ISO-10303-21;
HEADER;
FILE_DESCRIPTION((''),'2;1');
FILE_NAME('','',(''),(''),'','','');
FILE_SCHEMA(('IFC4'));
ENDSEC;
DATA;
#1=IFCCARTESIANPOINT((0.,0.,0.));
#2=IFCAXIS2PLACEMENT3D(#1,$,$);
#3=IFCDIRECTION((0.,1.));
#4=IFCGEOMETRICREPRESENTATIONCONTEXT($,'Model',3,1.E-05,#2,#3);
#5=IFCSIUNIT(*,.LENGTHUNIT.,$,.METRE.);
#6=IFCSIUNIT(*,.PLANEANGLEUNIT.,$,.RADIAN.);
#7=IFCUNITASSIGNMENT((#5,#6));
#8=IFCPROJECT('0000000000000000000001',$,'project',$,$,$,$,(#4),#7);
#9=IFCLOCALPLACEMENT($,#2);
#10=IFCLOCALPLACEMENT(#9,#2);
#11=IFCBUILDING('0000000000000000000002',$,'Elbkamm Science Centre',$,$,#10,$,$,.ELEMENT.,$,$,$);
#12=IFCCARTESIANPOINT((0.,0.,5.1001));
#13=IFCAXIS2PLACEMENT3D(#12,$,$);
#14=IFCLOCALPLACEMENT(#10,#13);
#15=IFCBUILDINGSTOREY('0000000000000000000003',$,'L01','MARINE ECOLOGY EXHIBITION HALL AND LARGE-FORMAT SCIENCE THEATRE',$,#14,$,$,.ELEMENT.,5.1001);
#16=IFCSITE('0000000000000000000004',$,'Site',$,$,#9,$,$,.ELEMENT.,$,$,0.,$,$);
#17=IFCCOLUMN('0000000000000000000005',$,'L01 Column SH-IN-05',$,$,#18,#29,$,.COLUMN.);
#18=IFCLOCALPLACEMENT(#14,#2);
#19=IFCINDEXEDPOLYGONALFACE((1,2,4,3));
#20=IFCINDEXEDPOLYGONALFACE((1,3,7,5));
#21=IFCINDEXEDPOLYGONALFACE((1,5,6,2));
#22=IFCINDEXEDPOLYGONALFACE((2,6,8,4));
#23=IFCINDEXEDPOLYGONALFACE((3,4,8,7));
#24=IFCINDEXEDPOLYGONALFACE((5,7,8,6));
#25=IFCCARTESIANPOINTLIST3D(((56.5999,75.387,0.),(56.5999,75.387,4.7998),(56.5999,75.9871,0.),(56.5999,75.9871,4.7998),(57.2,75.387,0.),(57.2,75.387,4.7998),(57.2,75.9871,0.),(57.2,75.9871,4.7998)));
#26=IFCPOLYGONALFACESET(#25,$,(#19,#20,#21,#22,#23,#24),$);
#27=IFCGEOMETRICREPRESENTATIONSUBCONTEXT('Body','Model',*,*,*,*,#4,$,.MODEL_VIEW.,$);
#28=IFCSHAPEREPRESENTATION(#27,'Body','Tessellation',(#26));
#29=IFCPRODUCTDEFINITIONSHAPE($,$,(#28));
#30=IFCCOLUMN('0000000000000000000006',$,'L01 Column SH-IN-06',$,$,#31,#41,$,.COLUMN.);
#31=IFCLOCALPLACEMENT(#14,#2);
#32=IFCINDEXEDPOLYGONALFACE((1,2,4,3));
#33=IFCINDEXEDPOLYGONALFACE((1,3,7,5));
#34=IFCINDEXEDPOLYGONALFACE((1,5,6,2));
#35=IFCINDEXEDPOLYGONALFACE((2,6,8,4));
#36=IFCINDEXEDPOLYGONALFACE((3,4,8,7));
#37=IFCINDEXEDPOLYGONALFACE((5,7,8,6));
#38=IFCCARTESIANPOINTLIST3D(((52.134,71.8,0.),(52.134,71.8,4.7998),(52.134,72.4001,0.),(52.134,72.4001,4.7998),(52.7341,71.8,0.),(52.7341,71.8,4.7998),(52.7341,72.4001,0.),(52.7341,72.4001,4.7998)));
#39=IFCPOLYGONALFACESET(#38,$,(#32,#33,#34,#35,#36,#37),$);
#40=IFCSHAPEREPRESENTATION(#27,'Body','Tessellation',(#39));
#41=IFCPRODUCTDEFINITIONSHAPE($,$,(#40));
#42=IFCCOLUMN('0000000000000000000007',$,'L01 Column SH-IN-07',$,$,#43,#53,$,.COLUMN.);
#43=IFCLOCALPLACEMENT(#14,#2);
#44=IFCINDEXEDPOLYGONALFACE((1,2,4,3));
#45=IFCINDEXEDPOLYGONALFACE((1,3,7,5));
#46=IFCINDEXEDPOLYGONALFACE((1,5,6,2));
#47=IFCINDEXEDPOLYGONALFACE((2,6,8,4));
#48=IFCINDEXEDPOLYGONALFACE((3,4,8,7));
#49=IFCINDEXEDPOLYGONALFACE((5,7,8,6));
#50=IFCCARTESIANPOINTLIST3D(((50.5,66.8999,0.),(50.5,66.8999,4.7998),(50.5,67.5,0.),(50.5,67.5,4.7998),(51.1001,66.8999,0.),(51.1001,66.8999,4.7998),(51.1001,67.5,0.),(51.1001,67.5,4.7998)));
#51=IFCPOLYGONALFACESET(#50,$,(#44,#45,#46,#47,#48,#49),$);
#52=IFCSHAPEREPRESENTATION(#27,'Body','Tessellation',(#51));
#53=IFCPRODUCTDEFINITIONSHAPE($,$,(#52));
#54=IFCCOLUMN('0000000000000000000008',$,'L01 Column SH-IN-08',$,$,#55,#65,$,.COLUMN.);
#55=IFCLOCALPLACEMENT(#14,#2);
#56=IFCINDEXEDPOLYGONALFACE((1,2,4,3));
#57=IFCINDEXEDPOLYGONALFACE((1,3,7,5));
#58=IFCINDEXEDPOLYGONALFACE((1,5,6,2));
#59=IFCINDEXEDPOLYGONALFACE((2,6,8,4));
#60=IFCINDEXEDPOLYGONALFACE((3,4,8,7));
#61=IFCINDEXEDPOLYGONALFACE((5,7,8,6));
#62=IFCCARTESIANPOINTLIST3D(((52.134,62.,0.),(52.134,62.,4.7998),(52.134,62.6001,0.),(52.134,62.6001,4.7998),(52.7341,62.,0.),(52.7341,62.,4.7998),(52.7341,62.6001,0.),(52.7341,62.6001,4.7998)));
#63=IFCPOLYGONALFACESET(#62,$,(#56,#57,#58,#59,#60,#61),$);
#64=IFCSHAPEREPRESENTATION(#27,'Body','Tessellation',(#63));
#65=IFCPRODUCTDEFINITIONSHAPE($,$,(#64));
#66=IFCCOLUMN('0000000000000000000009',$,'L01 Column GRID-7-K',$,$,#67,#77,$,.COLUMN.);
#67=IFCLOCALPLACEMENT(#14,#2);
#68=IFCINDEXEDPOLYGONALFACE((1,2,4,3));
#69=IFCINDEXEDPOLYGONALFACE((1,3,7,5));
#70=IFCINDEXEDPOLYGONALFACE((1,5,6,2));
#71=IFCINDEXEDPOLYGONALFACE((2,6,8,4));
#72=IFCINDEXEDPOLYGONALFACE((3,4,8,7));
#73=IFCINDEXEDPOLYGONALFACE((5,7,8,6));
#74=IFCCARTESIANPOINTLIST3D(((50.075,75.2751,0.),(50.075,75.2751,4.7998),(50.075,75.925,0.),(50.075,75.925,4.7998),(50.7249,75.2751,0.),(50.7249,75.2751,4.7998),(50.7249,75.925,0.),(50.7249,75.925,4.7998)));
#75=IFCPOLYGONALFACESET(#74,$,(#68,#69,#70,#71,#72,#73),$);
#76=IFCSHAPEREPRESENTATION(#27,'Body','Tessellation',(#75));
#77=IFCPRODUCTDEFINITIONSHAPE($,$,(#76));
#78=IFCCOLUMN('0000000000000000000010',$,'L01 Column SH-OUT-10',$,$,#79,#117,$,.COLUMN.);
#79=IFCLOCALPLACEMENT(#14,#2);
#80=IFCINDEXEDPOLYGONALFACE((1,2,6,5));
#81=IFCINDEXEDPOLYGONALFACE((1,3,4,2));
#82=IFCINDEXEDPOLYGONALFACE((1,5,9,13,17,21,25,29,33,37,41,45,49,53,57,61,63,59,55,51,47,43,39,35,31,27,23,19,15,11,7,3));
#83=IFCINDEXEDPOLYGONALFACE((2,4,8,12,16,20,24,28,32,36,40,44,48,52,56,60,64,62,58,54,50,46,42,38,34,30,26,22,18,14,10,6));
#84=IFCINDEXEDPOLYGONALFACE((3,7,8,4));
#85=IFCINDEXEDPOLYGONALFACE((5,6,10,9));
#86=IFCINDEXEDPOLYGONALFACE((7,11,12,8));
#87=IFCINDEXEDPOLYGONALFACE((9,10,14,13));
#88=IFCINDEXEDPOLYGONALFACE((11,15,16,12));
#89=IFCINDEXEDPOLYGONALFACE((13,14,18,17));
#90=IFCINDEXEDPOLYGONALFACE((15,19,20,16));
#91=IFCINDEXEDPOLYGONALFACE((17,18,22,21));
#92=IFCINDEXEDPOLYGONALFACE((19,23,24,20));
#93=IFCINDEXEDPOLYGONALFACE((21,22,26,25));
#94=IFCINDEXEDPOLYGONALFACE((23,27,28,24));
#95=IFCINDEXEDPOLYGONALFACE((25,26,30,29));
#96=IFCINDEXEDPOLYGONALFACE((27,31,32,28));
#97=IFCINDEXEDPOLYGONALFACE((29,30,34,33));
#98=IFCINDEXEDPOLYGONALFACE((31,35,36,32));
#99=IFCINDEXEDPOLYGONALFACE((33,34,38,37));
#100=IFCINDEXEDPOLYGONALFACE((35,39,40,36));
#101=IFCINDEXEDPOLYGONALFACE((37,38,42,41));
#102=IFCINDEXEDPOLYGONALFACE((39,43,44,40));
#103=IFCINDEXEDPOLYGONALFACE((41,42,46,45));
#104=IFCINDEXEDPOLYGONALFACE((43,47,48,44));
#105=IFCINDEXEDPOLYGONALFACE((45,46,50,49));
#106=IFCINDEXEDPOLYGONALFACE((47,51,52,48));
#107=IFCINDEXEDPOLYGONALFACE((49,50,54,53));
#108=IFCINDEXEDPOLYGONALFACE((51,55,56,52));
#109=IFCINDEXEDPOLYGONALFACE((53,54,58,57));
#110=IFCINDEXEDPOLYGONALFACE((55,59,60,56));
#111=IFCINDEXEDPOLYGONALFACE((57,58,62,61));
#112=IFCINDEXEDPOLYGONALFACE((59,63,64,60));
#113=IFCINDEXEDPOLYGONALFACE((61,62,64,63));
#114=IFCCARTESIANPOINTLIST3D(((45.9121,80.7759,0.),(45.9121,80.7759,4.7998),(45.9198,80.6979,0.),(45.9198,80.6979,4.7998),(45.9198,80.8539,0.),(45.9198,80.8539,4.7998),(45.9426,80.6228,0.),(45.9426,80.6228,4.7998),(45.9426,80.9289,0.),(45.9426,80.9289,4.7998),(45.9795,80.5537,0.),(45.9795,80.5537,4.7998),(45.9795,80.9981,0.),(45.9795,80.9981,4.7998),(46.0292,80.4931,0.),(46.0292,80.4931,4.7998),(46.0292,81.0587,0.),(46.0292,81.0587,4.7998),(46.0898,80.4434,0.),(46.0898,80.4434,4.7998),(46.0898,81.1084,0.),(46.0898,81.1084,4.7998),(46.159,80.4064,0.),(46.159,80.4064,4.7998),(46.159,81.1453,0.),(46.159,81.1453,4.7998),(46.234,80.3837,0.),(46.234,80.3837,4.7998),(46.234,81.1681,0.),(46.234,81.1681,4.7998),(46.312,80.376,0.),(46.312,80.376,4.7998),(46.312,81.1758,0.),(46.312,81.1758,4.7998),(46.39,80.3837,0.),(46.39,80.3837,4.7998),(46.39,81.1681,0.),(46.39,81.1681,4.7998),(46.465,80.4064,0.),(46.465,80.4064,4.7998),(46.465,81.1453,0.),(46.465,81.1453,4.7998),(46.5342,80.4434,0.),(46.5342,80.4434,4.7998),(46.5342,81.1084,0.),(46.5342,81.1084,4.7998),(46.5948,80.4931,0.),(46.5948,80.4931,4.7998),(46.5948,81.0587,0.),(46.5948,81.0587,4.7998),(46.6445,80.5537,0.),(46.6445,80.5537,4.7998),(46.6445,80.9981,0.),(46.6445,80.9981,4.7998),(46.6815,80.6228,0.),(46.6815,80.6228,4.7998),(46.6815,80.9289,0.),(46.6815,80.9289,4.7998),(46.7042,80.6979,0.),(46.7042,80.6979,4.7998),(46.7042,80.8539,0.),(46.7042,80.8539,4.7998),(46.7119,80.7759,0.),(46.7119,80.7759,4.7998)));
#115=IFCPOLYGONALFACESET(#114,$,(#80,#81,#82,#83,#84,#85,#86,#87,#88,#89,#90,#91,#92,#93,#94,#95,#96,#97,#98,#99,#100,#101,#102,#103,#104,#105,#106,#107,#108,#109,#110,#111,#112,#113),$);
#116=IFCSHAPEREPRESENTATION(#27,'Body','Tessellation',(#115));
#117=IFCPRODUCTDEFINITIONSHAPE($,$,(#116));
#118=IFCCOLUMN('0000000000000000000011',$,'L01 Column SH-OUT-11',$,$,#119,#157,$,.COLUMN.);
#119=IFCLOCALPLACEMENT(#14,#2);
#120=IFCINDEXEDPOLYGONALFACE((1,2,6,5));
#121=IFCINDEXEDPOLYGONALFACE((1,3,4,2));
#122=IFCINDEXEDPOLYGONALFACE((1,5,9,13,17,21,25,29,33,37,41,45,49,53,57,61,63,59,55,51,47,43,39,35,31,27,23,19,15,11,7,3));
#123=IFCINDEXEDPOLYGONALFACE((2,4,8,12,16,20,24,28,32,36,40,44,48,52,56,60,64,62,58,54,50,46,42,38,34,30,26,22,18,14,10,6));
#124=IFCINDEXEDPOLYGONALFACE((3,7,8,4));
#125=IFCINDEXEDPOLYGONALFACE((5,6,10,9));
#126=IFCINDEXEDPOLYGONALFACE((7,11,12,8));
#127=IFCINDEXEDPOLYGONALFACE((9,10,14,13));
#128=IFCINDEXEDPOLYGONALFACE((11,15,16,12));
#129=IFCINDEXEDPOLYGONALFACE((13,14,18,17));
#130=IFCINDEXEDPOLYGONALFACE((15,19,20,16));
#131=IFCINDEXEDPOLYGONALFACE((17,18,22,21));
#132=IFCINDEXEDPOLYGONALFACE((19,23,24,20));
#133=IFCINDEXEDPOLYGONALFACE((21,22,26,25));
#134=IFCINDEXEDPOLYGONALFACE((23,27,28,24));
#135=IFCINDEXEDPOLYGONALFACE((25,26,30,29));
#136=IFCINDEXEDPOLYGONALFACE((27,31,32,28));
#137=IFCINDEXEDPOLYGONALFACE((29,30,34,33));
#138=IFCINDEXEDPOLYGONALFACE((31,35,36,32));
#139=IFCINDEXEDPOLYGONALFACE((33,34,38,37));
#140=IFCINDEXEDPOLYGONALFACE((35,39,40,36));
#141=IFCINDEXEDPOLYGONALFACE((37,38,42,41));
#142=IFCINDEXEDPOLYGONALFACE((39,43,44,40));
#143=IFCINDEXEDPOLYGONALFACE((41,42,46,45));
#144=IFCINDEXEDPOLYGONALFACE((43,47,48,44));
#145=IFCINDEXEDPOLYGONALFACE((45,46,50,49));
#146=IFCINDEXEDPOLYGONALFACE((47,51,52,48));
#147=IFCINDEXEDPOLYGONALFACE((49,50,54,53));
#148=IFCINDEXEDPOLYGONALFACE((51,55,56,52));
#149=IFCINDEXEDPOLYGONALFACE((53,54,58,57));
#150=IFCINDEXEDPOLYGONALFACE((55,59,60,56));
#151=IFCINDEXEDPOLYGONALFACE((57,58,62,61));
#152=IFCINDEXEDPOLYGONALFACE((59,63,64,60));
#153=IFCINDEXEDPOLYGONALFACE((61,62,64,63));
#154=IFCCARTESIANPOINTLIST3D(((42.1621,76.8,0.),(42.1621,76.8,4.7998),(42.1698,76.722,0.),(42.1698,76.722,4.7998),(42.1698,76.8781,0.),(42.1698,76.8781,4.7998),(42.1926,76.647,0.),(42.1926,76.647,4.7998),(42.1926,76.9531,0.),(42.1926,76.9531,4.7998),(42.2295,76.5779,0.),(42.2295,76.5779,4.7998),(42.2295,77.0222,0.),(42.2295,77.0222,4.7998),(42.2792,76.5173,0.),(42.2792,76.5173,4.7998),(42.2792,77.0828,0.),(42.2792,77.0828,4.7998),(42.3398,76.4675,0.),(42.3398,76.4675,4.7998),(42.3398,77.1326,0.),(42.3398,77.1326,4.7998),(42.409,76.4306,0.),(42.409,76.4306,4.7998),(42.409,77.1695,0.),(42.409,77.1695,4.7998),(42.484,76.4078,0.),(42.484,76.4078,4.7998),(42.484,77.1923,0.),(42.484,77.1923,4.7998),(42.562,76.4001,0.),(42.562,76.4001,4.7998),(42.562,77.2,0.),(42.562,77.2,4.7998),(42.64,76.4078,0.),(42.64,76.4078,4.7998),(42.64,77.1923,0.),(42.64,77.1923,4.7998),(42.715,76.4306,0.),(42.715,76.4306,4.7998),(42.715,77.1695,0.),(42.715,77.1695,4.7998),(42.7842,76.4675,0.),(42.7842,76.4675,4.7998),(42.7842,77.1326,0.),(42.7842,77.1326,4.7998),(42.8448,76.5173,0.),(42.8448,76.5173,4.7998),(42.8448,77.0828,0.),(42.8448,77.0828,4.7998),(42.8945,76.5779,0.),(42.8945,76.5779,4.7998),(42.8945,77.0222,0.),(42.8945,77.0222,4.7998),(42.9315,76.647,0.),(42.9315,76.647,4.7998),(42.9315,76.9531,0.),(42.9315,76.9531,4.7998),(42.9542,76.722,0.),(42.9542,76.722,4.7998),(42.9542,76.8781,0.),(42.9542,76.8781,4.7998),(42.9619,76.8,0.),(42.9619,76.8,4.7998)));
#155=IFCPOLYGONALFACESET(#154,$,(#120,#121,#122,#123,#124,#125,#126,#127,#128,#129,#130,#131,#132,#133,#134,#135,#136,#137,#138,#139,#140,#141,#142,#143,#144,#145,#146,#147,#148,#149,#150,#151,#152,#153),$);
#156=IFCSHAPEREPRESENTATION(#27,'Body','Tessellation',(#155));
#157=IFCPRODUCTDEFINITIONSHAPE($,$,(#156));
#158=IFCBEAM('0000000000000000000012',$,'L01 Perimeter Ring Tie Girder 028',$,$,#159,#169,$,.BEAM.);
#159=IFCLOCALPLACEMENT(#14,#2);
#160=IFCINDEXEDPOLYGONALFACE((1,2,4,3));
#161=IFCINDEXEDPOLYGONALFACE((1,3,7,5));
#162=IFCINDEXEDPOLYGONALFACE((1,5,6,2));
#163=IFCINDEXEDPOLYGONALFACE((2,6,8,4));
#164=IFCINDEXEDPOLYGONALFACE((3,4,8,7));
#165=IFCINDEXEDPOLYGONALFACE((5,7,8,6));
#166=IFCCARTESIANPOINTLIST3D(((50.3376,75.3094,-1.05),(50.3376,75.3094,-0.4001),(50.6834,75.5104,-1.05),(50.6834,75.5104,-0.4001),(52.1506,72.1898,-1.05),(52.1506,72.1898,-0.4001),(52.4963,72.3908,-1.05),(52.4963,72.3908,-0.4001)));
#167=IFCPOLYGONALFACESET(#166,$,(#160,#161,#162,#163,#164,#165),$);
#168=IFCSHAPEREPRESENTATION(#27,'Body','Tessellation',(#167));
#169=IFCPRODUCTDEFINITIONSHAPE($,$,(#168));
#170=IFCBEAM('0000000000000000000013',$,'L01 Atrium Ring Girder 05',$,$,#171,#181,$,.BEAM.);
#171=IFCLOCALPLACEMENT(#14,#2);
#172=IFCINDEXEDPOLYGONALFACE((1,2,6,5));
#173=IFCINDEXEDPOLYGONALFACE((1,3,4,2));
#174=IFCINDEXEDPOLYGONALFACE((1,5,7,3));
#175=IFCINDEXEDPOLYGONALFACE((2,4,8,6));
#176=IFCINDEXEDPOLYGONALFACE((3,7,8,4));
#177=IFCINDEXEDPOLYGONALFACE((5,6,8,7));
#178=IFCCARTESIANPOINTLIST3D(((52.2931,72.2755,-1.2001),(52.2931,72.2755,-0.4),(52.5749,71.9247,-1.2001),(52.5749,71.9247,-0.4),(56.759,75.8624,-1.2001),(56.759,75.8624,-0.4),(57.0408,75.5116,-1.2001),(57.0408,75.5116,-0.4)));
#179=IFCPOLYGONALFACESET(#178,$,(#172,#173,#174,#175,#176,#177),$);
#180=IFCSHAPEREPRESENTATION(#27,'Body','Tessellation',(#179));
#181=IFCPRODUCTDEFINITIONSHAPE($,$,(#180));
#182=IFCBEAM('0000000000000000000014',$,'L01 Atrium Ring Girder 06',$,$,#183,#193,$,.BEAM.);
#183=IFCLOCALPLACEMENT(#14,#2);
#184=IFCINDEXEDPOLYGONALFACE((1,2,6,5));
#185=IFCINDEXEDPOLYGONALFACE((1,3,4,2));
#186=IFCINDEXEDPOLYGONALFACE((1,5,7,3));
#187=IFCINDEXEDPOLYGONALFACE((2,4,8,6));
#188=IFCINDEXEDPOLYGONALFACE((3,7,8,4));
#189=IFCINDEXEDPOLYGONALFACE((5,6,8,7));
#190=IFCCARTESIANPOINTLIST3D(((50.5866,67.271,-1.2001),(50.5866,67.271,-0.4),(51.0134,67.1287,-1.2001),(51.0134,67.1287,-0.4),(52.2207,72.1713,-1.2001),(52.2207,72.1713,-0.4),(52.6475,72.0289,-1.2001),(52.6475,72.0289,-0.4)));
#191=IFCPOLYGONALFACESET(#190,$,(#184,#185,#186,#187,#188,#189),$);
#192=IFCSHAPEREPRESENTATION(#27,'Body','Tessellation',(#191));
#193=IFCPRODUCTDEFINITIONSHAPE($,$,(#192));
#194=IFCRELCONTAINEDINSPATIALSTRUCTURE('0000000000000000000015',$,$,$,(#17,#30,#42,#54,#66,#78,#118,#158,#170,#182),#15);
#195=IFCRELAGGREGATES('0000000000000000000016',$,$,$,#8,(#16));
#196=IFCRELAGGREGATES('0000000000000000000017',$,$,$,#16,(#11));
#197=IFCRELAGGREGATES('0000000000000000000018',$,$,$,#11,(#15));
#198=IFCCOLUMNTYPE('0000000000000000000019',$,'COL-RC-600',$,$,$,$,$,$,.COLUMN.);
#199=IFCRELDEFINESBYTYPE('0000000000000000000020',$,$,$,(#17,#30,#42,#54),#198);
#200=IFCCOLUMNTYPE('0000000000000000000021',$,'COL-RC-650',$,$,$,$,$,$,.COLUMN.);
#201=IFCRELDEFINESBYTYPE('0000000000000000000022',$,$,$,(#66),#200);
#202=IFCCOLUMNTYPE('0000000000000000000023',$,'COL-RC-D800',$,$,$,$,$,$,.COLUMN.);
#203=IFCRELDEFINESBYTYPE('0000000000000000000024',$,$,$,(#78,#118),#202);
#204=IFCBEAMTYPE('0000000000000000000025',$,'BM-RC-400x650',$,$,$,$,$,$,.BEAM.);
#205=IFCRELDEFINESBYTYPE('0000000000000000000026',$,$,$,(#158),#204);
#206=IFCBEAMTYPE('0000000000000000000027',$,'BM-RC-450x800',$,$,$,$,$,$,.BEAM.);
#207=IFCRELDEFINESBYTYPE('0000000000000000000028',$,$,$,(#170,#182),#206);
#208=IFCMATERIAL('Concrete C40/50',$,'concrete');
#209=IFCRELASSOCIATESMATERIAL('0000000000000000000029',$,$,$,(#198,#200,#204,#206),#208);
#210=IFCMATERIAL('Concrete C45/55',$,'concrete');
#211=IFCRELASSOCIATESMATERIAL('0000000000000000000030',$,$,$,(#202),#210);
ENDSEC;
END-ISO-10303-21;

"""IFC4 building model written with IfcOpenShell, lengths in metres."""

from ifc_helpers import new_model, si_unit, direction, frame, origin, origin_2d, place, context, subcontext, project, spatial, rectangle, circle, extrude, material, material_profile, profile_set, type_object, element, save


model = new_model("IFC4")

# Units and contexts
model_context = context("Model", 3, precision=1e-05, world=origin(), true_north=direction((0.0, 1.0)))
body_context = subcontext(model_context, "Body", "Model", "MODEL_VIEW")
ifc_project = project(units=[si_unit("LENGTHUNIT", "METRE"), si_unit("PLANEANGLEUNIT", "RADIAN")], contexts=[model_context])

# Site, building, storey
site_placement = place(None, origin())
site = spatial("IfcSite", under=ifc_project, at=site_placement, Name="Site", CompositionType="ELEMENT", RefElevation=0.0)
building_placement = place(site_placement, origin())
building = spatial("IfcBuilding", under=site, at=building_placement, Name="Elbkamm Science Centre", CompositionType="ELEMENT")
storey_placement = place(building_placement, frame((0.0, 0.0, 5.1001)))
storey = spatial("IfcBuildingStorey", under=building, at=storey_placement, Name="L01", Description="MARINE ECOLOGY EXHIBITION HALL AND LARGE-FORMAT SCIENCE THEATRE", CompositionType="ELEMENT", Elevation=5.1001)

# Columns
ifc_material_1 = material(Name="Concrete C40/50", Category="concrete")
ifc_material_profile_1 = material_profile(ifc_material_1, rectangle(XDim=0.6001, YDim=0.6001, at=origin_2d()), Name="RC 600x600")
ifc_profile_set_1 = profile_set([ifc_material_profile_1], Name="Concrete C40/50")
column_type_1 = type_object("IfcColumnType", Name="COL-RC-600", PredefinedType="COLUMN", material=ifc_profile_set_1)
for number, where, z_axis, x_axis, name in (
    (1, (56.8999, 75.687, 0.0), (0.0, 0.0, 1.0), (1.0, 0.0, 0.0), "L01 Column SH-IN-05"),
    (2, (52.4341, 72.1001, 0.0), (0.0, 0.0, 1.0), (1.0, 0.0, 0.0), "L01 Column SH-IN-06"),
    (3, (50.8, 67.2, 0.0), (0.0, 0.0, 1.0), (1.0, 0.0, 0.0), "L01 Column SH-IN-07"),
    (4, (52.4341, 62.3, 0.0), (0.0, 0.0, 1.0), (1.0, 0.0, 0.0), "L01 Column SH-IN-08"),
):
    element("IfcColumn", number, at=place(storey_placement, frame(where, z_axis=z_axis, x_axis=x_axis)), inside=storey, type_object=column_type_1, Name=name, PredefinedType="COLUMN", context=body_context, shape_type="SweptSolid", body=[
        extrude(rectangle(XDim=0.6001, YDim=0.6001, at=origin_2d()), origin(), (0.0, 0.0, 1.0), 4.7998),
    ])
ifc_material_profile_2 = material_profile(ifc_material_1, rectangle(XDim=0.6499, YDim=0.6499, at=origin_2d()), Name="RC 650x650")
ifc_profile_set_2 = profile_set([ifc_material_profile_2], Name="Concrete C40/50")
column_type_2 = type_object("IfcColumnType", Name="COL-RC-650", PredefinedType="COLUMN", material=ifc_profile_set_2)
column_placement = place(storey_placement, frame((50.3999, 75.6001, 0.0), z_axis=(0.0, 0.0, 1.0), x_axis=(1.0, 0.0, 0.0)))
element("IfcColumn", 5, at=column_placement, inside=storey, type_object=column_type_2, Name="L01 Column GRID-7-K", PredefinedType="COLUMN", context=body_context, shape_type="SweptSolid", body=[
    extrude(rectangle(XDim=0.6499, YDim=0.6499, at=origin_2d()), origin(), (0.0, 0.0, 1.0), 4.7998),
])
ifc_material_2 = material(Name="Concrete C45/55", Category="concrete")
ifc_material_profile_3 = material_profile(ifc_material_2, circle(Radius=0.3999, at=origin_2d()), Name="RC D800")
ifc_profile_set_3 = profile_set([ifc_material_profile_3], Name="Concrete C45/55")
column_type_3 = type_object("IfcColumnType", Name="COL-RC-D800", PredefinedType="COLUMN", material=ifc_profile_set_3)
for number, where, z_axis, x_axis, name in (
    (6, (46.312, 80.7759, 0.0), (0.0, 0.0, 1.0), (1.0, 0.0, 0.0), "L01 Column SH-OUT-10"),
    (7, (42.562, 76.8, 0.0), (0.0, 0.0, 1.0), (1.0, 0.0, 0.0), "L01 Column SH-OUT-11"),
):
    element("IfcColumn", number, at=place(storey_placement, frame(where, z_axis=z_axis, x_axis=x_axis)), inside=storey, type_object=column_type_3, Name=name, PredefinedType="COLUMN", context=body_context, shape_type="SweptSolid", body=[
        extrude(circle(Radius=0.3999, at=origin_2d()), origin(), (0.0, 0.0, 1.0), 4.7998),
    ])

# Beams
ifc_material_profile_4 = material_profile(ifc_material_1, rectangle(XDim=0.3999, YDim=0.6499, at=origin_2d()), Name="RC 400x650")
ifc_profile_set_4 = profile_set([ifc_material_profile_4], Name="Concrete C40/50")
beam_type_1 = type_object("IfcBeamType", Name="BM-RC-400x650", PredefinedType="BEAM", material=ifc_profile_set_4)
beam_1_placement = place(storey_placement, frame((50.5105, 75.4099, -0.7251), z_axis=(0.502465, -0.864597, 0.0), x_axis=(0.864597, 0.502465, 0.0)))
element("IfcBeam", 8, at=beam_1_placement, inside=storey, type_object=beam_type_1, Name="L01 Perimeter Ring Tie Girder 028", PredefinedType="BEAM", context=body_context, shape_type="SweptSolid", body=[
    extrude(rectangle(XDim=0.3999, YDim=0.6499, at=origin_2d()), origin(), (0.0, 0.0, 1.0), 3.6082),
])
ifc_material_profile_5 = material_profile(ifc_material_1, rectangle(XDim=0.45, YDim=0.8, at=origin_2d()), Name="RC 450x800")
ifc_profile_set_5 = profile_set([ifc_material_profile_5], Name="Concrete C40/50")
beam_type_2 = type_object("IfcBeamType", Name="BM-RC-450x800", PredefinedType="BEAM", material=ifc_profile_set_5)
beam_2_placement = place(storey_placement, frame((56.8999, 75.687, -0.8), z_axis=(-0.779653, -0.626212, 0.0), x_axis=(0.626212, -0.779653, 0.0)))
element("IfcBeam", 9, at=beam_2_placement, inside=storey, type_object=beam_type_2, Name="L01 Atrium Ring Girder 05", PredefinedType="BEAM", context=body_context, shape_type="SweptSolid", body=[
    extrude(rectangle(XDim=0.45, YDim=0.8, at=origin_2d()), origin(), (0.0, 0.0, 1.0), 5.728),
])
beam_3_placement = place(storey_placement, frame((52.4341, 72.1001, -0.8), z_axis=(-0.316341, -0.948645, 0.0), x_axis=(0.948645, -0.316341, 0.0)))
element("IfcBeam", 10, at=beam_3_placement, inside=storey, type_object=beam_type_2, Name="L01 Atrium Ring Girder 06", PredefinedType="BEAM", context=body_context, shape_type="SweptSolid", body=[
    extrude(rectangle(XDim=0.45, YDim=0.8, at=origin_2d()), origin(), (0.0, 0.0, 1.0), 5.1655),
])

save(model, "model.ifc")
